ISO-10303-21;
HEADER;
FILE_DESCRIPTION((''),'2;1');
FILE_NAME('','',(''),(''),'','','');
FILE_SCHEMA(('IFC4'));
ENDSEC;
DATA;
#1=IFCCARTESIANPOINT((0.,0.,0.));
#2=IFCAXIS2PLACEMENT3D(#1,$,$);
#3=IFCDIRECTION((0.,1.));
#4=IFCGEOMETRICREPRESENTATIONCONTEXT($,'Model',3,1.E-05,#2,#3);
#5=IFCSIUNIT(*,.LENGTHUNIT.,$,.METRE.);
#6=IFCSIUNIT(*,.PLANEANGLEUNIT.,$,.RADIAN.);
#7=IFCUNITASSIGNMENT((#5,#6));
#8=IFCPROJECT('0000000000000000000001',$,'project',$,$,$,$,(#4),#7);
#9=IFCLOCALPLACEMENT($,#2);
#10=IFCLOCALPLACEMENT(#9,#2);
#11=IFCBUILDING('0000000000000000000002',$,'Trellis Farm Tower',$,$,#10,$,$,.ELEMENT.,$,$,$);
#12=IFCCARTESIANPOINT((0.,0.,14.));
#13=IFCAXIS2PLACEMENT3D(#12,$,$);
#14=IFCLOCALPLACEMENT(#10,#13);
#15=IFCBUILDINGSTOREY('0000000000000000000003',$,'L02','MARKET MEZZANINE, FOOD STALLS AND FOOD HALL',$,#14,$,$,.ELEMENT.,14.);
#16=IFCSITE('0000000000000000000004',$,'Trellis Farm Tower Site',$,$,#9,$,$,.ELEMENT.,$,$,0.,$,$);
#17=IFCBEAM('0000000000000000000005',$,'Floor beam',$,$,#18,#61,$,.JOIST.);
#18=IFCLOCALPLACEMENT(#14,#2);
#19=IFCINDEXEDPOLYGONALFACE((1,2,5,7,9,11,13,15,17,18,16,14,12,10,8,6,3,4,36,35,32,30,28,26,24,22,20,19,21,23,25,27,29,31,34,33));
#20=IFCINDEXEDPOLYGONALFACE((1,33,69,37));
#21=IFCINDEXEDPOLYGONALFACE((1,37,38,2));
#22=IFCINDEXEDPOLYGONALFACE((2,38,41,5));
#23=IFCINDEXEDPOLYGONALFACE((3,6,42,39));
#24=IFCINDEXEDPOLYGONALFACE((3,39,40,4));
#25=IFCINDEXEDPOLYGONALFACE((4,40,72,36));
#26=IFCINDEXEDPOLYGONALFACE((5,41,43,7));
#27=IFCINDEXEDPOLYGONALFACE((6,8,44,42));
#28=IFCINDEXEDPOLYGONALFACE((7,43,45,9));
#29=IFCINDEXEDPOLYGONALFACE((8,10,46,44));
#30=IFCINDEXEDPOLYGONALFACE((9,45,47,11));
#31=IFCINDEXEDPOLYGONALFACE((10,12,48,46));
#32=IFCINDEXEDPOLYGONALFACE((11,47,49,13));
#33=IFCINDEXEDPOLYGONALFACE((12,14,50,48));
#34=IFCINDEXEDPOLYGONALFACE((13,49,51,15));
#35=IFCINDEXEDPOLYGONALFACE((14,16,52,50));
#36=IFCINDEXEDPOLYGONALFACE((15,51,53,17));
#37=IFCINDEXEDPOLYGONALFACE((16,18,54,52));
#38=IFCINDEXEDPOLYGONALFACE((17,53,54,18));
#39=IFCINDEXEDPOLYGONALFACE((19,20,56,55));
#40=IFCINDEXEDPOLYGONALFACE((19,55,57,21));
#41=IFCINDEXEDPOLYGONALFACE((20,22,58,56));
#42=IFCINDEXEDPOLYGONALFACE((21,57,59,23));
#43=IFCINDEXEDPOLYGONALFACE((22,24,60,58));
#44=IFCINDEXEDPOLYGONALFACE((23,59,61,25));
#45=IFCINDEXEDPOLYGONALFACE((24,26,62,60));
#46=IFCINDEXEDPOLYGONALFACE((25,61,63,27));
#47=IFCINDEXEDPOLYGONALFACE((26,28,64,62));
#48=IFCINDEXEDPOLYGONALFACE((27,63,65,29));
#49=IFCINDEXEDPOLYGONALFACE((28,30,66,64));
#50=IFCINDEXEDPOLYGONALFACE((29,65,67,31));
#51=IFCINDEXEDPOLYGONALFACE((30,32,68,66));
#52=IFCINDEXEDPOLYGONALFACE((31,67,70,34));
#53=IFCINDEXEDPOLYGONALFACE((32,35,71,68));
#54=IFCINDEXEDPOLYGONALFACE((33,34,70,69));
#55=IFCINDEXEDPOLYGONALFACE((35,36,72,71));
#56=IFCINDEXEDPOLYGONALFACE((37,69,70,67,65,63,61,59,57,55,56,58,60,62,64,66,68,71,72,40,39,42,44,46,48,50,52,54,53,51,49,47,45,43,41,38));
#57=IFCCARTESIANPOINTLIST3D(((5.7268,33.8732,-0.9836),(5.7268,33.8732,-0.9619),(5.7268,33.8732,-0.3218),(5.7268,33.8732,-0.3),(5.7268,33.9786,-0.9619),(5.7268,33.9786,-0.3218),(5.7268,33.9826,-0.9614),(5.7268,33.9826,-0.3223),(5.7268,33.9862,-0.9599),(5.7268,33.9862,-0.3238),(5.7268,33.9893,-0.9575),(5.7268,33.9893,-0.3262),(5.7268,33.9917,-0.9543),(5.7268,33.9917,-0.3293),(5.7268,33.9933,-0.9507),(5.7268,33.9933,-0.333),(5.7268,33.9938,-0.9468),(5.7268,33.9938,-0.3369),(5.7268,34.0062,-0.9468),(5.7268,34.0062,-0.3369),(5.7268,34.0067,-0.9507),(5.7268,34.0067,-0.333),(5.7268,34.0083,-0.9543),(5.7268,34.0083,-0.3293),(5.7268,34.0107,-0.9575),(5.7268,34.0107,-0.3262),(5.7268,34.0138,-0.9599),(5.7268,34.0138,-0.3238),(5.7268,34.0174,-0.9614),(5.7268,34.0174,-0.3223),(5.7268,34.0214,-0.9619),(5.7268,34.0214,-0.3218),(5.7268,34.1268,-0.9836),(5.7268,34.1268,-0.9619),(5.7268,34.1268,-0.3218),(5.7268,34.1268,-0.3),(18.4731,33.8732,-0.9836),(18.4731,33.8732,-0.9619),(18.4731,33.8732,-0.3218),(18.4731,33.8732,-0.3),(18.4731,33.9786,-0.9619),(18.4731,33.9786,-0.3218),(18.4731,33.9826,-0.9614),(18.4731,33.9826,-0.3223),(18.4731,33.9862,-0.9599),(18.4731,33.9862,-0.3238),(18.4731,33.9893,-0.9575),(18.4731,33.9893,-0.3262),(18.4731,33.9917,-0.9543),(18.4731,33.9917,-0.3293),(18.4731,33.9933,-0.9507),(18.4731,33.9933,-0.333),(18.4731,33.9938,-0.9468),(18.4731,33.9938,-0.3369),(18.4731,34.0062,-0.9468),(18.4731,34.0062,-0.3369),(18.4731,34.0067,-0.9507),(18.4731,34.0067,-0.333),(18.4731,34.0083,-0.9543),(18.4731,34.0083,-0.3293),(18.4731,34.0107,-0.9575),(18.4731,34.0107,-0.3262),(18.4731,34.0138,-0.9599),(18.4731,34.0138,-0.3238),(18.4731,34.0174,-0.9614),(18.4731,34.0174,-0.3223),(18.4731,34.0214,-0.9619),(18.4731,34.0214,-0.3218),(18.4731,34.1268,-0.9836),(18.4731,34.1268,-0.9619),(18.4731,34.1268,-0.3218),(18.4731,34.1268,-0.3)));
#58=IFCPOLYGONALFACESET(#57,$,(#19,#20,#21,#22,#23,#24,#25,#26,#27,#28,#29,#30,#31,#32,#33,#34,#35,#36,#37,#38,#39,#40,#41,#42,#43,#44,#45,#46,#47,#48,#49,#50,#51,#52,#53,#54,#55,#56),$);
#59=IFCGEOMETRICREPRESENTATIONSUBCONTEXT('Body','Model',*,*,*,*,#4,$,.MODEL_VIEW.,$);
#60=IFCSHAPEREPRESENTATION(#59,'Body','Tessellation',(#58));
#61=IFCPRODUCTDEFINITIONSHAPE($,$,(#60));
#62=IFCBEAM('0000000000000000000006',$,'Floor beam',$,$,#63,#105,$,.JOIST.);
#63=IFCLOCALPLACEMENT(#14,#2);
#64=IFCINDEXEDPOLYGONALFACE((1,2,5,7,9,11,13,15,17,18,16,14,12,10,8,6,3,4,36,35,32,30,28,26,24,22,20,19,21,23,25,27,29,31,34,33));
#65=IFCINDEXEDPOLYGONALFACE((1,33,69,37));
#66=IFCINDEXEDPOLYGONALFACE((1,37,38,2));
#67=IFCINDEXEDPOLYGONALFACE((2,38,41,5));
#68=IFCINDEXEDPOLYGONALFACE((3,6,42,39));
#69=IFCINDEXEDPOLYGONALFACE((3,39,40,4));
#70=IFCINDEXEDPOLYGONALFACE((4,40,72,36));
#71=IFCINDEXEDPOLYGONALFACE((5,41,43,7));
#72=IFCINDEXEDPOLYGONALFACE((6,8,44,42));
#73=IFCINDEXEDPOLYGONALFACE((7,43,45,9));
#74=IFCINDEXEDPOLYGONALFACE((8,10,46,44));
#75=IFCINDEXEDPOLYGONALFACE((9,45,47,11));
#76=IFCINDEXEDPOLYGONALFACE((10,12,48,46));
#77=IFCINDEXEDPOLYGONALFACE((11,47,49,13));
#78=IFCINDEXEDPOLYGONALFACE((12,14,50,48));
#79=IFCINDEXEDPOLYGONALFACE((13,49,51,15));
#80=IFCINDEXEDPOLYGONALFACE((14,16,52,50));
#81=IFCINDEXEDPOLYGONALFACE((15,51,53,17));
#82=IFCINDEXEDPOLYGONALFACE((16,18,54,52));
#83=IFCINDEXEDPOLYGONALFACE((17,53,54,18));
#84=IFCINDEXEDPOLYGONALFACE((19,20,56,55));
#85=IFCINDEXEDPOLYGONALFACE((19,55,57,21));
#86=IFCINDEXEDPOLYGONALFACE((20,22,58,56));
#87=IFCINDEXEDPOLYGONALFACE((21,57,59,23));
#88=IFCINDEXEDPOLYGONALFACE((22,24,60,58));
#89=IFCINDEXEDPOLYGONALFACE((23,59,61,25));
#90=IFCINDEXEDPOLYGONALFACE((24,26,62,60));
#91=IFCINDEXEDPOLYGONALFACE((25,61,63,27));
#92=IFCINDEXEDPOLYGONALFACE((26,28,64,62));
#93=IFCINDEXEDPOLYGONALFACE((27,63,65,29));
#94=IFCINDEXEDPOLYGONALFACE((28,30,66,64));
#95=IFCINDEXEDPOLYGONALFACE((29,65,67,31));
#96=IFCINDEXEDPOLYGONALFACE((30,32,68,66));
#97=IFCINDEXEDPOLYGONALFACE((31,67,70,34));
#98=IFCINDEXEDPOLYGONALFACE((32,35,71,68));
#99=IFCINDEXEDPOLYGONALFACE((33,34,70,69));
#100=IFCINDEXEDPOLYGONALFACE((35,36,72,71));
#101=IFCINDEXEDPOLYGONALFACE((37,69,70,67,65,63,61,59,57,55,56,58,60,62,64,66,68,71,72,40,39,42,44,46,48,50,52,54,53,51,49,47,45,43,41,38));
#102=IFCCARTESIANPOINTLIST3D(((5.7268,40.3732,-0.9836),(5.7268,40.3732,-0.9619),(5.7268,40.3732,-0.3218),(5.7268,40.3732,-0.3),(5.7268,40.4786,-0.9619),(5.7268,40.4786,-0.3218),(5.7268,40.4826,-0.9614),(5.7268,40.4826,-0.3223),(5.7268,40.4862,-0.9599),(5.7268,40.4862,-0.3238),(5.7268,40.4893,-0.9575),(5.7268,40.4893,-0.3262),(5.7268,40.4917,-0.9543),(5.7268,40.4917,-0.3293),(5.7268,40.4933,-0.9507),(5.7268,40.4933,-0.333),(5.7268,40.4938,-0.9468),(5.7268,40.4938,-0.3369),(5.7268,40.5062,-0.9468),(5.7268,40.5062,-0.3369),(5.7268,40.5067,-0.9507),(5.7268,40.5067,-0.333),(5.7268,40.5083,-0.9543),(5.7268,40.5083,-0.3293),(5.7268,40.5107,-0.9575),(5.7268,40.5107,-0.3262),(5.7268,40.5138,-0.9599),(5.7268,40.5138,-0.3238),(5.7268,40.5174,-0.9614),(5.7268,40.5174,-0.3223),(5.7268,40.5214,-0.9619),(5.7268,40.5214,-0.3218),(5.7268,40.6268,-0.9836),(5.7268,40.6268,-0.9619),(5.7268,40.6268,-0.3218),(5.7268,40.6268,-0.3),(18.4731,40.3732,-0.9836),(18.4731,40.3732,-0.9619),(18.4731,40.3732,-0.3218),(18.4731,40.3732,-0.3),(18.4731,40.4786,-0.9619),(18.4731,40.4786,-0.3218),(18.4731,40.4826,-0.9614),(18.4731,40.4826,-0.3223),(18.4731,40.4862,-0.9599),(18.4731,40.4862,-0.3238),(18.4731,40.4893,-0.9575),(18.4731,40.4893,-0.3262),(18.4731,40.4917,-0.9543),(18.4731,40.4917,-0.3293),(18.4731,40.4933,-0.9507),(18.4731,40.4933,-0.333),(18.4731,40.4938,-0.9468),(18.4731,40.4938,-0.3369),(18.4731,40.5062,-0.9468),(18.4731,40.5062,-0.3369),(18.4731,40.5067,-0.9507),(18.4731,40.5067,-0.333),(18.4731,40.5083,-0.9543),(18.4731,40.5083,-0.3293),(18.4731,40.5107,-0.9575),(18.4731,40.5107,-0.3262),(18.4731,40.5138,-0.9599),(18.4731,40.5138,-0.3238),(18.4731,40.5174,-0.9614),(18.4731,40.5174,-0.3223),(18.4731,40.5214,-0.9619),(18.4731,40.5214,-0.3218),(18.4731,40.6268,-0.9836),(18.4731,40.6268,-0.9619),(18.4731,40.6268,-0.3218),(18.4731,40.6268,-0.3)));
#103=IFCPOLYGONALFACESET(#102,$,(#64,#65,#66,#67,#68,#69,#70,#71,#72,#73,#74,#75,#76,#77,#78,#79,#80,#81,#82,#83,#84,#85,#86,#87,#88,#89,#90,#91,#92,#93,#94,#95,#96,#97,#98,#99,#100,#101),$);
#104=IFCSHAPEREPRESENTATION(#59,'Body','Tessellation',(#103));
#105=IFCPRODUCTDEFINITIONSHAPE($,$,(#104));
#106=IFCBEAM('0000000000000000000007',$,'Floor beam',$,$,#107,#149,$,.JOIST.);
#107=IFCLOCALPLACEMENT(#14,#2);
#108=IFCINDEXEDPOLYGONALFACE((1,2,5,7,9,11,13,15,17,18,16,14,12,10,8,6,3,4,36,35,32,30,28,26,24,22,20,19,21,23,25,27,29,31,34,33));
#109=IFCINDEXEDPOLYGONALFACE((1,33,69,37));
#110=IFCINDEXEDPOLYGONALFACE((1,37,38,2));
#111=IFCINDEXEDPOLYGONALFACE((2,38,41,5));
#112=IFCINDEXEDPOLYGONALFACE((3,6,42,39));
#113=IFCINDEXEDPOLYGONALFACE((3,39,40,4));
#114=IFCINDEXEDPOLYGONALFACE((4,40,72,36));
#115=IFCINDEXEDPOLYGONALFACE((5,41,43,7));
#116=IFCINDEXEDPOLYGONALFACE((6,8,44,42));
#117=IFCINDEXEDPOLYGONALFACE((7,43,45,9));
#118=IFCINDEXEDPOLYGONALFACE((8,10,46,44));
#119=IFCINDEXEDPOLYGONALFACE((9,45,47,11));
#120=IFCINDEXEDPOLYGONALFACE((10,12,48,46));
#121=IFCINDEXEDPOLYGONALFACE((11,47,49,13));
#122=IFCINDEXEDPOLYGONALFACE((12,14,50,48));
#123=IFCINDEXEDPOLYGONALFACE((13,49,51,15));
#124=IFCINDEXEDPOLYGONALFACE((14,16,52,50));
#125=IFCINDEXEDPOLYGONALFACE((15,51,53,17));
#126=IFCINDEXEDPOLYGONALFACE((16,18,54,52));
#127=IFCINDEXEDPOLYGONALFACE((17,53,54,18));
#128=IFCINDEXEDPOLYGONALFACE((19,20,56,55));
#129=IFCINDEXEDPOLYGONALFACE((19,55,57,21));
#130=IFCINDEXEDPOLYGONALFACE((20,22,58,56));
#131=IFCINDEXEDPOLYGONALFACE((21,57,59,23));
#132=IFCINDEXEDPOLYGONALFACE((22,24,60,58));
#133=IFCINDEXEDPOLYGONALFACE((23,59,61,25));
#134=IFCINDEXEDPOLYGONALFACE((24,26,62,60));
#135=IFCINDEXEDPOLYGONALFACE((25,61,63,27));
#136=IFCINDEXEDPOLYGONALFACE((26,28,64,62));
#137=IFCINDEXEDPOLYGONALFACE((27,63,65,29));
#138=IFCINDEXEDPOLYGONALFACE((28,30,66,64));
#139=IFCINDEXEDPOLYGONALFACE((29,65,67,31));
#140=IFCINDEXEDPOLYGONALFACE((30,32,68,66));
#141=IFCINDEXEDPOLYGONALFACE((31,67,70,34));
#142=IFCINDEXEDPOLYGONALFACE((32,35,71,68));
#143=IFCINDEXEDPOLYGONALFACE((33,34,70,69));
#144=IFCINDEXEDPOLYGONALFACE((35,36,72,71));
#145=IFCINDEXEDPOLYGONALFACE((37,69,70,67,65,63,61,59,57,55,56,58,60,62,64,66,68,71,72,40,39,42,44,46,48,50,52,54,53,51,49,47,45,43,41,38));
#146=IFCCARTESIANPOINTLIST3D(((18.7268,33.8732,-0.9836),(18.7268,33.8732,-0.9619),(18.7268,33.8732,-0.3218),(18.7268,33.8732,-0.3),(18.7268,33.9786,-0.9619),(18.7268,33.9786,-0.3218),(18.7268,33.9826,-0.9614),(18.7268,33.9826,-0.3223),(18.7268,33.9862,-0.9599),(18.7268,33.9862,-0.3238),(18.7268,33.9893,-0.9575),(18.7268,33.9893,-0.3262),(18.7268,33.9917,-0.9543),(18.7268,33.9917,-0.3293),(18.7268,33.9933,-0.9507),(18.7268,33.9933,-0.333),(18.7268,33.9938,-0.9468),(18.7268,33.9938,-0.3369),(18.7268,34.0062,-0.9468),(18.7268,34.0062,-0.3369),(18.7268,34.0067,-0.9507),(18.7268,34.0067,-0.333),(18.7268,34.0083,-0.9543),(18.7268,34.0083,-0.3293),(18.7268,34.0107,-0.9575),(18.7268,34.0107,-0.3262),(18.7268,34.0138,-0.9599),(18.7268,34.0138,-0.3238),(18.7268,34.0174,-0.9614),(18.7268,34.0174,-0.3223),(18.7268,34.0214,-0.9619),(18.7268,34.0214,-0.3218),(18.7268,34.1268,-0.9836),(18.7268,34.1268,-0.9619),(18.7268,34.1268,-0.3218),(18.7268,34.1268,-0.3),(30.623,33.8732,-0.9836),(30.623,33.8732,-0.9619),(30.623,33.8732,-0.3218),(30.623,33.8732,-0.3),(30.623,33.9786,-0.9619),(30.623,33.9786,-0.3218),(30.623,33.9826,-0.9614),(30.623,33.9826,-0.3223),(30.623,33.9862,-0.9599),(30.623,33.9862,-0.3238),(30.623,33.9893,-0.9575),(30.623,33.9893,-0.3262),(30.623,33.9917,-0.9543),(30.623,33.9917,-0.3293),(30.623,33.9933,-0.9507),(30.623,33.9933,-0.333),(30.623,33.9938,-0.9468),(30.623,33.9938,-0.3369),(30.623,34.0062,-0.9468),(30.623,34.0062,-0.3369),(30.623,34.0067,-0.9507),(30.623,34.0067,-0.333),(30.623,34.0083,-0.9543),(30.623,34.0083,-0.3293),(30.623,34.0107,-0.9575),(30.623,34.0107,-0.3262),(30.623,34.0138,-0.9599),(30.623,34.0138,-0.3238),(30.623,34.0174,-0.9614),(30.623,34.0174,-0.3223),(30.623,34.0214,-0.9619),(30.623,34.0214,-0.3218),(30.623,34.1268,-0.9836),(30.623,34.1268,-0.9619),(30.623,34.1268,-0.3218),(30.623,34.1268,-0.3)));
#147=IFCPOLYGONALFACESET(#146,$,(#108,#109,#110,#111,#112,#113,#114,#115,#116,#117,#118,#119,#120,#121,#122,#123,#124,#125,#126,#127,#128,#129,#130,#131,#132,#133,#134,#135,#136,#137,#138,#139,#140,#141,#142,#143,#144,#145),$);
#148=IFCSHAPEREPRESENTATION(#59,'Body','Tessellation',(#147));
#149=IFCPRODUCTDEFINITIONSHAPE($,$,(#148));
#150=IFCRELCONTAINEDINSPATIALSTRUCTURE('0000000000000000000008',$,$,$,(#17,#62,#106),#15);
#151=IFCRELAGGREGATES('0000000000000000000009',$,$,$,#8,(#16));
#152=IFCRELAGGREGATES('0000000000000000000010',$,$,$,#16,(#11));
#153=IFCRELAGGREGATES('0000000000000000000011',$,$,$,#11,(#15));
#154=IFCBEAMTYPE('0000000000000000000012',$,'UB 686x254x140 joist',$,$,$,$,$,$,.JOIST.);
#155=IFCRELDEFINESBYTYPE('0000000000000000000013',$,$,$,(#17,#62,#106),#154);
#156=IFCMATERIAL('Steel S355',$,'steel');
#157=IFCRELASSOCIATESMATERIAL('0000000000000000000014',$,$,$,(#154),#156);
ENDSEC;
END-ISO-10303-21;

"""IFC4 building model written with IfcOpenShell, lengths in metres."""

from ifc_helpers import new_model, si_unit, direction, frame, origin, origin_2d, place, context, subcontext, project, spatial, i_section, extrude, source, transform, mapped, material, material_profile, profile_set, type_object, element, save


model = new_model("IFC4")

# Units and contexts
model_context = context("Model", 3, precision=1e-05, world=origin(), true_north=direction((0.0, 1.0)))
body_context = subcontext(model_context, "Body", "Model", "MODEL_VIEW")
ifc_project = project(units=[si_unit("LENGTHUNIT", "METRE"), si_unit("PLANEANGLEUNIT", "RADIAN")], contexts=[model_context])

# Site, building, storey
site_placement = place(None, origin())
site = spatial("IfcSite", under=ifc_project, at=site_placement, Name="Trellis Farm Tower Site", CompositionType="ELEMENT", RefElevation=0.0)
building_placement = place(site_placement, origin())
building = spatial("IfcBuilding", under=site, at=building_placement, Name="Trellis Farm Tower", CompositionType="ELEMENT")
storey_placement = place(building_placement, frame((0.0, 0.0, 14.0)))
storey = spatial("IfcBuildingStorey", under=building, at=storey_placement, Name="L02", Description="MARKET MEZZANINE, FOOD STALLS AND FOOD HALL", CompositionType="ELEMENT", Elevation=14.0)

# Beams
ifc_material_1 = material(Name="Steel S355", Category="steel")
ifc_material_profile_1 = material_profile(ifc_material_1, i_section(OverallWidth=0.2537, OverallDepth=0.6836, WebThickness=0.0125, FlangeThickness=0.0217, FilletRadius=0.0151, at=origin_2d()), Name="UB 686x254x140")
ifc_profile_set_1 = profile_set([ifc_material_profile_1], Name="Steel S355")
beam_type_1 = type_object("IfcBeamType", Name="UB 686x254x140 joist", PredefinedType="JOIST", material=ifc_profile_set_1)
shared_shape_1 = source(origin(), body_context, "Body", "SweptSolid", [
    extrude(i_section(OverallWidth=0.2537, OverallDepth=0.6836, WebThickness=0.0125, FlangeThickness=0.0217, FilletRadius=0.0151, at=origin_2d()), origin(), (0.0, 0.0, 1.0), 12.7463),
])
for number, where, z_axis, x_axis, name in (
    (1, (5.7268, 34.0, -0.6418), (1.0, 0.0, 0.0), (0.0, 1.0, 0.0), "Floor beam"),
    (2, (5.7268, 40.5, -0.6418), (1.0, 0.0, 0.0), (0.0, 1.0, 0.0), "Floor beam"),
):
    element("IfcBeam", number, at=place(storey_placement, frame(where, z_axis=z_axis, x_axis=x_axis)), inside=storey, type_object=beam_type_1, Name=name, PredefinedType="JOIST", context=body_context, shape_type="MappedRepresentation", body=[
        mapped(shared_shape_1, transform((0.0, 0.0, 0.0))),
    ])
shared_shape_2 = source(origin(), body_context, "Body", "SweptSolid", [
    extrude(i_section(OverallWidth=0.2537, OverallDepth=0.6836, WebThickness=0.0125, FlangeThickness=0.0217, FilletRadius=0.0151, at=origin_2d()), origin(), (0.0, 0.0, 1.0), 11.8962),
])
beam_1_placement = place(storey_placement, frame((18.7268, 34.0, -0.6418), z_axis=(1.0, 0.0, 0.0), x_axis=(0.0, 1.0, 0.0)))
element("IfcBeam", 3, at=beam_1_placement, inside=storey, type_object=beam_type_1, Name="Floor beam", PredefinedType="JOIST", context=body_context, shape_type="MappedRepresentation", body=[
    mapped(shared_shape_2, transform((0.0, 0.0, 0.0))),
])

save(model, "model.ifc")
